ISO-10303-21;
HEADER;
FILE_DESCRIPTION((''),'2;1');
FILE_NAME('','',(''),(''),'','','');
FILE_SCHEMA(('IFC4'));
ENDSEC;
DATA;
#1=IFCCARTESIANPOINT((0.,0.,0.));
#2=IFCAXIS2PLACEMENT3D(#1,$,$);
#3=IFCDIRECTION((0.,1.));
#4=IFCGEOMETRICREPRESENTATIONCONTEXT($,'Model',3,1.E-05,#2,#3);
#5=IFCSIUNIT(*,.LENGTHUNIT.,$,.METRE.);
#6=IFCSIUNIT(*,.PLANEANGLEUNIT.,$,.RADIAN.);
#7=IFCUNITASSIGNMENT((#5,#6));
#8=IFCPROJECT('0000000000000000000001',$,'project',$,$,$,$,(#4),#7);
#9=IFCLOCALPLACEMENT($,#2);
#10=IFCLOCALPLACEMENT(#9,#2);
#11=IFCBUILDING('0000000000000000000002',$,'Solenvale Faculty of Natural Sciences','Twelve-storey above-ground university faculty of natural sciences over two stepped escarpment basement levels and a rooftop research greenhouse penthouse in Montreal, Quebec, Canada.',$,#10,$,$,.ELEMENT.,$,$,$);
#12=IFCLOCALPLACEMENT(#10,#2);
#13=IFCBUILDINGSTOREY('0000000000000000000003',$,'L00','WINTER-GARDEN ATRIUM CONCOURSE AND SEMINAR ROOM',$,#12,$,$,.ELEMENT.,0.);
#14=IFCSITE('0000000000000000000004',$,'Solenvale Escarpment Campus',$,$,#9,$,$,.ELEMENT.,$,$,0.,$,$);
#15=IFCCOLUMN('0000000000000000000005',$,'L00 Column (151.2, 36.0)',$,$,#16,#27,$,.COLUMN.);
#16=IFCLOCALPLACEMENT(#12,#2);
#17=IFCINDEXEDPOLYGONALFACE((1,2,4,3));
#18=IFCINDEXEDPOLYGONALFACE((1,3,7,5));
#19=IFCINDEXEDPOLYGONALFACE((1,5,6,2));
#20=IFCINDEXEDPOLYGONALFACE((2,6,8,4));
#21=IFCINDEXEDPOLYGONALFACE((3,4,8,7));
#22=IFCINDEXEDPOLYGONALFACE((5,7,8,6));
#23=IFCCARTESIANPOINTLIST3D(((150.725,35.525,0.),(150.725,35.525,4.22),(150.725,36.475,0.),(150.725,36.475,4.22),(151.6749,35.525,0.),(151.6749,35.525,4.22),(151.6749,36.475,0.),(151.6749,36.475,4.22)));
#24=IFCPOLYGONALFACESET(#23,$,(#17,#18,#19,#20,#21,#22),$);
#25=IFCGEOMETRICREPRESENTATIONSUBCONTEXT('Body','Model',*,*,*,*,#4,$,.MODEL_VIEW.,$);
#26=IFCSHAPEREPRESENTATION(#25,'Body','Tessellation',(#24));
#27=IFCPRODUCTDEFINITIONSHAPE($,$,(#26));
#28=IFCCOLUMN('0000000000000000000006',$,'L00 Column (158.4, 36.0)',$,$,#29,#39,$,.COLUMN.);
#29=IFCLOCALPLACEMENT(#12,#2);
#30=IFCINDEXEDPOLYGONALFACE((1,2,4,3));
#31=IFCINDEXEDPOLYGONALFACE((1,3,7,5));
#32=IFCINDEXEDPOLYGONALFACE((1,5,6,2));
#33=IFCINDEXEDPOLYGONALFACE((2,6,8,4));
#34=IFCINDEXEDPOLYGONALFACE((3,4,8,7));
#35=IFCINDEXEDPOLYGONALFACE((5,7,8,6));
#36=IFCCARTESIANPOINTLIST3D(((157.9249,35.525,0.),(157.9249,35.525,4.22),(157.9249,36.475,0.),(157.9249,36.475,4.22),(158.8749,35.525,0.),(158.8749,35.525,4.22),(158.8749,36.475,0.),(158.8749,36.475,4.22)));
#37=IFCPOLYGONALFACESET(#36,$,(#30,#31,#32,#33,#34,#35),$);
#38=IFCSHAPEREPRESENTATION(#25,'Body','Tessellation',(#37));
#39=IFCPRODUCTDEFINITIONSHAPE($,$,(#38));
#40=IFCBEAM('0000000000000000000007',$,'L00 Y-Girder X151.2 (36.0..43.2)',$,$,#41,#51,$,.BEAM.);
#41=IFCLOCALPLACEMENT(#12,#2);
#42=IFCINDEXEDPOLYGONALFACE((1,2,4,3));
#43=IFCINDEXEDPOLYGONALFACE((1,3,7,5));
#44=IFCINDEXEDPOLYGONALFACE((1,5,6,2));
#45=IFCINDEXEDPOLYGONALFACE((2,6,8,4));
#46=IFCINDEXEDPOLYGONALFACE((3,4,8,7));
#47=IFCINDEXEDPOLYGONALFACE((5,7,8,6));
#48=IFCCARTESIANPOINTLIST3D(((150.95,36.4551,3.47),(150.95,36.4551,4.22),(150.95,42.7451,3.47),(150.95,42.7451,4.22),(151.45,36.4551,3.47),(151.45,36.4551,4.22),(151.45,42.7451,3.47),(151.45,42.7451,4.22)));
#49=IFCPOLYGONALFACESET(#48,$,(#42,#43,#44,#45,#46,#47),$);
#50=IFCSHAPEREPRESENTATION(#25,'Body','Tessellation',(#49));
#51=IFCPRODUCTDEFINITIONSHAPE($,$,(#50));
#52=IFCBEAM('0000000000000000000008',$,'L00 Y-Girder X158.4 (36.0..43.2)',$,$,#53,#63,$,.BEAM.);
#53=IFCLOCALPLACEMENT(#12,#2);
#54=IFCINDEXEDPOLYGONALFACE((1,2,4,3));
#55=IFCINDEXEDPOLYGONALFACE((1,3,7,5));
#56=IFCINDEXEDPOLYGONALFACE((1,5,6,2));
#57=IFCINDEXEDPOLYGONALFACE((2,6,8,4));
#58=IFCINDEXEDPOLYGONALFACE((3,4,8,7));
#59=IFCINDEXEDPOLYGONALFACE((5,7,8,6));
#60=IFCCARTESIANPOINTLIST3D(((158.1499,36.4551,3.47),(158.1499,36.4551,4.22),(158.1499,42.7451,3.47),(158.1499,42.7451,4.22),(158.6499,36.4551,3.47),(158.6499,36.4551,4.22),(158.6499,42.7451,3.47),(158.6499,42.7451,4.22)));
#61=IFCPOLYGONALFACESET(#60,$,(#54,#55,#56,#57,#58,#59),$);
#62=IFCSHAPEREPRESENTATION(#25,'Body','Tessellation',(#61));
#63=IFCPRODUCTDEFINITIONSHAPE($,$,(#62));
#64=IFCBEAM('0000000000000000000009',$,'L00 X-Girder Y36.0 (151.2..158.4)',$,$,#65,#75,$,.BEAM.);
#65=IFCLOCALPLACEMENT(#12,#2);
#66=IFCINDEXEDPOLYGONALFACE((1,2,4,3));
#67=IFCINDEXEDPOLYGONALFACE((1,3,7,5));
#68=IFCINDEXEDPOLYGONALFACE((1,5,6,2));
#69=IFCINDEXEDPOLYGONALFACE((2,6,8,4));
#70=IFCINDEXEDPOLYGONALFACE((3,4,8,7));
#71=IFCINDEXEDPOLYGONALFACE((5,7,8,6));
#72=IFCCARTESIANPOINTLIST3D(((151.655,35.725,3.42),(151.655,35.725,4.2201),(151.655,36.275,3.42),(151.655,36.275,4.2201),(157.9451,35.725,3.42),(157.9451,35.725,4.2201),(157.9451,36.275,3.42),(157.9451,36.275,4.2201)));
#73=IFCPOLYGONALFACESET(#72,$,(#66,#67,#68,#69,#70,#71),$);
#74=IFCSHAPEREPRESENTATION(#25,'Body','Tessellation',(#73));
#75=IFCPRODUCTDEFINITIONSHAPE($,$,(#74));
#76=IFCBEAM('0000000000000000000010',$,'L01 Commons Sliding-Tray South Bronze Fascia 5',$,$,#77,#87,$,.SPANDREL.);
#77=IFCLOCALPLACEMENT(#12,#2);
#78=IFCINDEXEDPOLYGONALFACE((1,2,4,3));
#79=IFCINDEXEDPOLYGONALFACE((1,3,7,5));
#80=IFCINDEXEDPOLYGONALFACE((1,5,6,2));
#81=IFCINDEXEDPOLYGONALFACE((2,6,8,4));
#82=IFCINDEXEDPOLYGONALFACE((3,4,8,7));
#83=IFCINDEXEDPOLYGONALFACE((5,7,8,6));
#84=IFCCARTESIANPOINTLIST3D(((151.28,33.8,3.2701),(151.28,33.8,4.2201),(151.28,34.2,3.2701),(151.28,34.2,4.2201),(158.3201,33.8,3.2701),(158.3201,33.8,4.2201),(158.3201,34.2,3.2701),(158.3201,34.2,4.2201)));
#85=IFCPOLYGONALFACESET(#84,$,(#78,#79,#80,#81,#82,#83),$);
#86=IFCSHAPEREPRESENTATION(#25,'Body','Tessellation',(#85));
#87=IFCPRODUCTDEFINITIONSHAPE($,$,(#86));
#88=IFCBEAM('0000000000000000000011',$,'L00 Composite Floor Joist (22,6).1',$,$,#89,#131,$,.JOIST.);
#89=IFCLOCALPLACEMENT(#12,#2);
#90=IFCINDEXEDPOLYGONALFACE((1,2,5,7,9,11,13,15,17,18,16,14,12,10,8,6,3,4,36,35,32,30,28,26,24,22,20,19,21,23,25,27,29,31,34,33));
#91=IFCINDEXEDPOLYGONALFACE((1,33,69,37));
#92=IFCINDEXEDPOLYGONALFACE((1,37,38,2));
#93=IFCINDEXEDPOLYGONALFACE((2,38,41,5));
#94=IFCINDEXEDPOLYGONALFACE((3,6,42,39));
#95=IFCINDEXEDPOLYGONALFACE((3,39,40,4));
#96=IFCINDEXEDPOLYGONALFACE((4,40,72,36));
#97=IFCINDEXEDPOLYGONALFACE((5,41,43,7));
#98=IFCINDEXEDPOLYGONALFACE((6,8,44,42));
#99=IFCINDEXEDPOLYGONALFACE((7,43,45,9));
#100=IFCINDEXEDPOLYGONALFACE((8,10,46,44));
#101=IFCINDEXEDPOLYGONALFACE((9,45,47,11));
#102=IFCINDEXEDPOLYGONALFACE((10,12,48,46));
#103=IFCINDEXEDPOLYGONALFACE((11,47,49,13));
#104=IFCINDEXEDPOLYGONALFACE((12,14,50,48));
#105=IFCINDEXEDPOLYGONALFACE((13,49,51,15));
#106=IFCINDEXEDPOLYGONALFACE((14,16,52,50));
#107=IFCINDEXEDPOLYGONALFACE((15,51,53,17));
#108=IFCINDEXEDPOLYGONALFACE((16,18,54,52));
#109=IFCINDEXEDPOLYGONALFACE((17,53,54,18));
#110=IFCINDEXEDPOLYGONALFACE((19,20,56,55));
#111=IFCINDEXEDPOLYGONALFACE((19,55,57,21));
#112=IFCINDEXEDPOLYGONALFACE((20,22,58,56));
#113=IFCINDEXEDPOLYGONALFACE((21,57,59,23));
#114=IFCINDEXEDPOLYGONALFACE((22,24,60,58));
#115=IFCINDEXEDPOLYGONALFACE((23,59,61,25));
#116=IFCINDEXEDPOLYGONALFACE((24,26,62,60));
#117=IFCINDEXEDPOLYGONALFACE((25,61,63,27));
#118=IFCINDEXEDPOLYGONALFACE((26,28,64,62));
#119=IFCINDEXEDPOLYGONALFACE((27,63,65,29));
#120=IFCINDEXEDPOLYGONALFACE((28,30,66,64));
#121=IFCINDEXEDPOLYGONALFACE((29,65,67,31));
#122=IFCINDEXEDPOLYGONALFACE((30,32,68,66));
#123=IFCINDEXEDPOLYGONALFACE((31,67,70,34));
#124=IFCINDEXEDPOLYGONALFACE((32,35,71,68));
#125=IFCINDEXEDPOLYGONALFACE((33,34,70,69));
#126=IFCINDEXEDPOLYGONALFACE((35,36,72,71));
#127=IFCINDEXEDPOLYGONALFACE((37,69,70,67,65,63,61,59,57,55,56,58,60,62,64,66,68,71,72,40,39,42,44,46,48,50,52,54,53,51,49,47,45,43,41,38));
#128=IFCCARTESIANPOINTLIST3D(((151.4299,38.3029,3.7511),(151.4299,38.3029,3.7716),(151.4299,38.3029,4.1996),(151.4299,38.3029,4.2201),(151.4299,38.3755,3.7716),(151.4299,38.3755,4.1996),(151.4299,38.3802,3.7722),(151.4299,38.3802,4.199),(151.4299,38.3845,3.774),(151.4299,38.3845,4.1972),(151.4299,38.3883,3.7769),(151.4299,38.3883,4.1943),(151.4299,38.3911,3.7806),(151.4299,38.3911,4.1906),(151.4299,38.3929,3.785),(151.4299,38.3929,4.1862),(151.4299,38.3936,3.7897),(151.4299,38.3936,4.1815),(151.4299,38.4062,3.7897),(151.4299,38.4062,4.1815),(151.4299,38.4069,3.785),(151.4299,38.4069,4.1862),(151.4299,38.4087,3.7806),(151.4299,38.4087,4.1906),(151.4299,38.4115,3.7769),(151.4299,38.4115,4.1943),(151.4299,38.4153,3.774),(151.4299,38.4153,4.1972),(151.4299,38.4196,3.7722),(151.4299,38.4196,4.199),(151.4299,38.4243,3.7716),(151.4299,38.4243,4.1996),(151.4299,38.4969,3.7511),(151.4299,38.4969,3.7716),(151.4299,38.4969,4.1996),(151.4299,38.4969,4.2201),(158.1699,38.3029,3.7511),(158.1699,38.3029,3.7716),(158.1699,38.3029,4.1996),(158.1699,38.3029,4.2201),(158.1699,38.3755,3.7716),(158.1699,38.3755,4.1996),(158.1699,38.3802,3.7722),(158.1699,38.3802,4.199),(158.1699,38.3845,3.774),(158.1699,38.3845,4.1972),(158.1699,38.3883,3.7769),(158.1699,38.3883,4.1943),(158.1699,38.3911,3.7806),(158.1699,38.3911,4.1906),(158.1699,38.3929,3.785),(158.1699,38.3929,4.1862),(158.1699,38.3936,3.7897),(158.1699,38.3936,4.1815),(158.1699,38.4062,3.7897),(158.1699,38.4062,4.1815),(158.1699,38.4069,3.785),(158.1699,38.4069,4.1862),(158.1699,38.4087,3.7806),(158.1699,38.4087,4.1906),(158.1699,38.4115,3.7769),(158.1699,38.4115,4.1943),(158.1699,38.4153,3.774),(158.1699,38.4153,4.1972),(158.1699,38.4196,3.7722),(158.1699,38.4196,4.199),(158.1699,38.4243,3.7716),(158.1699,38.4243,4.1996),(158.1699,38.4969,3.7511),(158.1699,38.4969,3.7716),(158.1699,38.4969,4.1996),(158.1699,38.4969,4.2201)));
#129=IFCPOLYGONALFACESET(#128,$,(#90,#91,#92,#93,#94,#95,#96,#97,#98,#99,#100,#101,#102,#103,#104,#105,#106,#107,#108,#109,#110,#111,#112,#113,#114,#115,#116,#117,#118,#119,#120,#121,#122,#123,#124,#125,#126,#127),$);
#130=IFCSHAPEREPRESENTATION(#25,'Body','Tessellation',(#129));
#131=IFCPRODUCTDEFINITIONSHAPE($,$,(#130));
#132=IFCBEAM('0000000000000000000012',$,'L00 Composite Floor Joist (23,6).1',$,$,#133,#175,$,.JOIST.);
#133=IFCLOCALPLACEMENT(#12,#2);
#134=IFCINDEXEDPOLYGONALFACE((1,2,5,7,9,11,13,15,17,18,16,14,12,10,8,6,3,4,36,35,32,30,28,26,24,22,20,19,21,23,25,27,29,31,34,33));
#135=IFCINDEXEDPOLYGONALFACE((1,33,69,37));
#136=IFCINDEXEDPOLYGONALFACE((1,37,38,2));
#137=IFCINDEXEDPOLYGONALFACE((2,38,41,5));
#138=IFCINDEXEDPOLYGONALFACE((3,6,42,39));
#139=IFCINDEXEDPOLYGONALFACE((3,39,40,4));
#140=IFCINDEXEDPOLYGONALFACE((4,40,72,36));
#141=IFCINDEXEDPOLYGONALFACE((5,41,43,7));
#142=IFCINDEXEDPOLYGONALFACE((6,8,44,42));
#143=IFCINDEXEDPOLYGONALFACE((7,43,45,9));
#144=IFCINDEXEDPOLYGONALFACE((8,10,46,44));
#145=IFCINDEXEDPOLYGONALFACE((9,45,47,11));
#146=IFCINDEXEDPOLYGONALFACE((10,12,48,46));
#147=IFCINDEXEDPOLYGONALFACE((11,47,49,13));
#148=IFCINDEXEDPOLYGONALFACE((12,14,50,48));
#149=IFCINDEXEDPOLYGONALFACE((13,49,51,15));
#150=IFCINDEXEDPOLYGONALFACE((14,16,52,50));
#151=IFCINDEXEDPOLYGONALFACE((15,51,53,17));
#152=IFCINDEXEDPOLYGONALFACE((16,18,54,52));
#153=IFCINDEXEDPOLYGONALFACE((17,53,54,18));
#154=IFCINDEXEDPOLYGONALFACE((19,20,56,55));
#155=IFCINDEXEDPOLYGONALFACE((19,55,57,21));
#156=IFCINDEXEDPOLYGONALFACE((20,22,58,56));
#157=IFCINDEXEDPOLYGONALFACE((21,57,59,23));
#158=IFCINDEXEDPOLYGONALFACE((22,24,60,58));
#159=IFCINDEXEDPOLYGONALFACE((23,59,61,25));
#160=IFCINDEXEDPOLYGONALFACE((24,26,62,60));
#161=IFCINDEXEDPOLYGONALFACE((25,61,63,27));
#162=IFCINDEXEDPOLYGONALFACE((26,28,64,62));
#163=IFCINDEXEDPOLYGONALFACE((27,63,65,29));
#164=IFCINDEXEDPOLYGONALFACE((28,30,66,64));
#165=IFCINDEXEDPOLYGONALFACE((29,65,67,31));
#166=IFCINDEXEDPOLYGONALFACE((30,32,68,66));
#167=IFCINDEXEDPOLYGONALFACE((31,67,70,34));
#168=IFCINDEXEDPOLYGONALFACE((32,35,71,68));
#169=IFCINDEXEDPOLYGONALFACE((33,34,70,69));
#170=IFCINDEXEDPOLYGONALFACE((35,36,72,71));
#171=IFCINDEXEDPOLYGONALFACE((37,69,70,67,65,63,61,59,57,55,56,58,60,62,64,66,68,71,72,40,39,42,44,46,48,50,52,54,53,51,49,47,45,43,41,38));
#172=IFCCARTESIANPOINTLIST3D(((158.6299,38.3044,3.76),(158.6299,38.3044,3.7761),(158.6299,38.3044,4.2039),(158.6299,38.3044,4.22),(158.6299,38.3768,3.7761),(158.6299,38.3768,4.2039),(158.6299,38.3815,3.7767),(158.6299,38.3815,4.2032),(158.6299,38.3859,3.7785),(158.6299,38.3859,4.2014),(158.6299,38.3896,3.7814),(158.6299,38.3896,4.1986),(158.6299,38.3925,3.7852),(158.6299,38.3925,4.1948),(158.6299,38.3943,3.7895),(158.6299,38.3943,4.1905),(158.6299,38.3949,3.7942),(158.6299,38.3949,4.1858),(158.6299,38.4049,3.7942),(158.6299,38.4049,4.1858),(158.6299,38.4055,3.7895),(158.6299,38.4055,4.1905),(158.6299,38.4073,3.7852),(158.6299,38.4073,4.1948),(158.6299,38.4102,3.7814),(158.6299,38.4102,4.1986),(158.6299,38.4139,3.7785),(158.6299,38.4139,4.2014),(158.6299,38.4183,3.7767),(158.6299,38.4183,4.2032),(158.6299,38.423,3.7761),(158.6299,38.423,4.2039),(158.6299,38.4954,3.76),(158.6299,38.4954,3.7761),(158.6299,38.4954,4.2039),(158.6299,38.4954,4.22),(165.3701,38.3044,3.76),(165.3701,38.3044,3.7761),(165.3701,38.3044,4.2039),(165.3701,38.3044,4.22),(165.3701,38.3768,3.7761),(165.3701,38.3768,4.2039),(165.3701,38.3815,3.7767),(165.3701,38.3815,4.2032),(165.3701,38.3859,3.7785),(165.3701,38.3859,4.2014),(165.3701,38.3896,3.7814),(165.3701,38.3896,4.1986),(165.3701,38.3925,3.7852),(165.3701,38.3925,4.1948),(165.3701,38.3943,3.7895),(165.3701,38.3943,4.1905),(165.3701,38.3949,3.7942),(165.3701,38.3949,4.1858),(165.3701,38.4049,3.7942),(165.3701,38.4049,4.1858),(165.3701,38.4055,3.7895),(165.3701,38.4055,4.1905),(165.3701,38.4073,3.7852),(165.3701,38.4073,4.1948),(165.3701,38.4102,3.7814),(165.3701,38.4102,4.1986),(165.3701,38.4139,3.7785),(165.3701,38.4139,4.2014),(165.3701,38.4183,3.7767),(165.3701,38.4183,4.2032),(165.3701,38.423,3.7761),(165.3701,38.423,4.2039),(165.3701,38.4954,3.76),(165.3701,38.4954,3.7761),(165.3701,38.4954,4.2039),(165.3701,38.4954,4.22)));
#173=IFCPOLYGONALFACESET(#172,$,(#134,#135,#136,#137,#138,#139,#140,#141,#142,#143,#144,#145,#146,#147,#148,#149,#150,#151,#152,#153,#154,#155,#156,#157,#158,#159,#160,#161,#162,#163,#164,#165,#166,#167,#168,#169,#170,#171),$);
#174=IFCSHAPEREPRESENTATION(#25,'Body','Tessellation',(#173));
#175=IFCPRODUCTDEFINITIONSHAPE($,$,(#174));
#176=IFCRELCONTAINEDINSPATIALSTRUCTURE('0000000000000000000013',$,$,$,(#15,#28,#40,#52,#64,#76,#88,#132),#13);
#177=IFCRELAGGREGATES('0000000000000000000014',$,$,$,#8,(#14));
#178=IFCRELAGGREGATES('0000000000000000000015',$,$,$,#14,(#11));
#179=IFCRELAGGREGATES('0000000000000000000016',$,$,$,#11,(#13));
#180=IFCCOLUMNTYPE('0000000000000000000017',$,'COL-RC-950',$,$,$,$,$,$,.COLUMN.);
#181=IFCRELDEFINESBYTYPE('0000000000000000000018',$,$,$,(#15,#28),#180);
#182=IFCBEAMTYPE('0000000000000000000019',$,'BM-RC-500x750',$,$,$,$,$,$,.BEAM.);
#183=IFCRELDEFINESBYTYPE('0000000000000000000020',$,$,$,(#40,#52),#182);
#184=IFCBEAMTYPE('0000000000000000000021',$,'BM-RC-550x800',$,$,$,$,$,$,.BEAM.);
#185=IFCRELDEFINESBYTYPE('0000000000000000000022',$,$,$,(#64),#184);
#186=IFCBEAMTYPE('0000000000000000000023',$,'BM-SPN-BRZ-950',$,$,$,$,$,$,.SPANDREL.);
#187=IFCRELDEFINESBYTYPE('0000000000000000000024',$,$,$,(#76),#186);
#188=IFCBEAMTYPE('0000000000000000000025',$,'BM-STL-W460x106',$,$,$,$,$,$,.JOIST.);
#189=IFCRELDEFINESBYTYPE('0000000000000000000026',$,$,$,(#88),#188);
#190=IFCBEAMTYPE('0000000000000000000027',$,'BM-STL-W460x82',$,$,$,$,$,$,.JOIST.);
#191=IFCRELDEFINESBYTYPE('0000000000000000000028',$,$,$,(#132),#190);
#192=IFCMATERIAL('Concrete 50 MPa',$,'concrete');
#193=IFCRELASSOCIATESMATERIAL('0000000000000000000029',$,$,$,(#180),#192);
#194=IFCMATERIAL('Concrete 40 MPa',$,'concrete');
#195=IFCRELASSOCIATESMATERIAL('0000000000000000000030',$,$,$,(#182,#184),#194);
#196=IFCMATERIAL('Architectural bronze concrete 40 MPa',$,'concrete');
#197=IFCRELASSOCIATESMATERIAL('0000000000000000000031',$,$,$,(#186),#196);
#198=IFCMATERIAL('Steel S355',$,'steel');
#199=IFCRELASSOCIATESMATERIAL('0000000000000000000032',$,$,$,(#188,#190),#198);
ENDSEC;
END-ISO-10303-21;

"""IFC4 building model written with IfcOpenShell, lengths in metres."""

from ifc_helpers import new_model, si_unit, direction, frame, origin, origin_2d, place, context, subcontext, project, spatial, rectangle, i_section, extrude, material, material_profile, profile_set, type_object, element, save


model = new_model("IFC4")

# Units and contexts
model_context = context("Model", 3, precision=1e-05, world=origin(), true_north=direction((0.0, 1.0)))
body_context = subcontext(model_context, "Body", "Model", "MODEL_VIEW")
ifc_project = project(units=[si_unit("LENGTHUNIT", "METRE"), si_unit("PLANEANGLEUNIT", "RADIAN")], contexts=[model_context])

# Site, building, storey
site_placement = place(None, origin())
site = spatial("IfcSite", under=ifc_project, at=site_placement, Name="Solenvale Escarpment Campus", CompositionType="ELEMENT", RefElevation=0.0)
building_placement = place(site_placement, origin())
building = spatial("IfcBuilding", under=site, at=building_placement, Name="Solenvale Faculty of Natural Sciences", Description="Twelve-storey above-ground university faculty of natural sciences over two stepped escarpment basement levels and a rooftop research greenhouse penthouse in Montreal, Quebec, Canada.", CompositionType="ELEMENT")
storey_placement = place(building_placement, origin())
storey = spatial("IfcBuildingStorey", under=building, at=storey_placement, Name="L00", Description="WINTER-GARDEN ATRIUM CONCOURSE AND SEMINAR ROOM", CompositionType="ELEMENT", Elevation=0.0)

# Columns
ifc_material_1 = material(Name="Concrete 50 MPa", Category="concrete")
ifc_material_profile_1 = material_profile(ifc_material_1, rectangle(XDim=0.95, YDim=0.95, at=origin_2d()), Name="RC-COL-950x950")
ifc_profile_set_1 = profile_set([ifc_material_profile_1], Name="Concrete 50 MPa")
column_type = type_object("IfcColumnType", Name="COL-RC-950", PredefinedType="COLUMN", material=ifc_profile_set_1)
for number, where, z_axis, x_axis, name in (
    (1, (151.2, 36.0, 0.0), (0.0, 0.0, 1.0), (1.0, 0.0, 0.0), "L00 Column (151.2, 36.0)"),
    (2, (158.3999, 36.0, 0.0), (0.0, 0.0, 1.0), (1.0, 0.0, 0.0), "L00 Column (158.4, 36.0)"),
):
    element("IfcColumn", number, at=place(storey_placement, frame(where, z_axis=z_axis, x_axis=x_axis)), inside=storey, type_object=column_type, Name=name, PredefinedType="COLUMN", context=body_context, shape_type="SweptSolid", body=[
        extrude(rectangle(XDim=0.95, YDim=0.95, at=origin_2d()), origin(), (0.0, 0.0, 1.0), 4.22),
    ])

# Beams
ifc_material_2 = material(Name="Concrete 40 MPa", Category="concrete")
ifc_material_profile_2 = material_profile(ifc_material_2, rectangle(XDim=0.5, YDim=0.75, at=origin_2d()), Name="RC-BM-500x750")
ifc_profile_set_2 = profile_set([ifc_material_profile_2], Name="Concrete 40 MPa")
beam_type_1 = type_object("IfcBeamType", Name="BM-RC-500x750", PredefinedType="BEAM", material=ifc_profile_set_2)
for number, where, z_axis, x_axis, name in (
    (3, (151.2, 36.4551, 3.845), (0.0, 1.0, 0.0), (-1.0, 0.0, 0.0), "L00 Y-Girder X151.2 (36.0..43.2)"),
    (4, (158.3999, 36.4551, 3.845), (0.0, 1.0, 0.0), (-1.0, 0.0, 0.0), "L00 Y-Girder X158.4 (36.0..43.2)"),
):
    element("IfcBeam", number, at=place(storey_placement, frame(where, z_axis=z_axis, x_axis=x_axis)), inside=storey, type_object=beam_type_1, Name=name, PredefinedType="BEAM", context=body_context, shape_type="SweptSolid", body=[
        extrude(rectangle(XDim=0.5, YDim=0.75, at=origin_2d()), origin(), (0.0, 0.0, 1.0), 6.29),
    ])
ifc_material_profile_3 = material_profile(ifc_material_2, rectangle(XDim=0.55, YDim=0.8, at=origin_2d()), Name="RC-BM-550x800")
ifc_profile_set_3 = profile_set([ifc_material_profile_3], Name="Concrete 40 MPa")
beam_type_2 = type_object("IfcBeamType", Name="BM-RC-550x800", PredefinedType="BEAM", material=ifc_profile_set_3)
beam_1_placement = place(storey_placement, frame((151.655, 36.0, 3.8201), z_axis=(1.0, 0.0, 0.0), x_axis=(0.0, 1.0, 0.0)))
element("IfcBeam", 5, at=beam_1_placement, inside=storey, type_object=beam_type_2, Name="L00 X-Girder Y36.0 (151.2..158.4)", PredefinedType="BEAM", context=body_context, shape_type="SweptSolid", body=[
    extrude(rectangle(XDim=0.55, YDim=0.8, at=origin_2d()), origin(), (0.0, 0.0, 1.0), 6.29),
])
ifc_material_3 = material(Name="Architectural bronze concrete 40 MPa", Category="concrete")
ifc_material_profile_4 = material_profile(ifc_material_3, rectangle(XDim=0.3999, YDim=0.95, at=origin_2d()), Name="RC-SPN-400x950")
ifc_profile_set_4 = profile_set([ifc_material_profile_4], Name="Architectural bronze concrete 40 MPa")
beam_type_3 = type_object("IfcBeamType", Name="BM-SPN-BRZ-950", PredefinedType="SPANDREL", material=ifc_profile_set_4)
beam_2_placement = place(storey_placement, frame((151.28, 34.0, 3.7451), z_axis=(1.0, 0.0, 0.0), x_axis=(0.0, 1.0, 0.0)))
element("IfcBeam", 6, at=beam_2_placement, inside=storey, type_object=beam_type_3, Name="L01 Commons Sliding-Tray South Bronze Fascia 5", PredefinedType="SPANDREL", context=body_context, shape_type="SweptSolid", body=[
    extrude(rectangle(XDim=0.3999, YDim=0.95, at=origin_2d()), origin(), (0.0, 0.0, 1.0), 7.04),
])
ifc_material_4 = material(Name="Steel S355", Category="steel")
ifc_material_profile_5 = material_profile(ifc_material_4, i_section(OverallWidth=0.1941, OverallDepth=0.469, WebThickness=0.0127, FlangeThickness=0.0205, FilletRadius=0.0181, at=origin_2d()), Name="W460x106")
ifc_profile_set_5 = profile_set([ifc_material_profile_5], Name="Steel S355")
beam_type_4 = type_object("IfcBeamType", Name="BM-STL-W460x106", PredefinedType="JOIST", material=ifc_profile_set_5)
beam_3_placement = place(storey_placement, frame((151.4299, 38.3999, 3.9856), z_axis=(1.0, 0.0, 0.0), x_axis=(0.0, 1.0, 0.0)))
element("IfcBeam", 7, at=beam_3_placement, inside=storey, type_object=beam_type_4, Name="L00 Composite Floor Joist (22,6).1", PredefinedType="JOIST", context=body_context, shape_type="SweptSolid", body=[
    extrude(i_section(OverallWidth=0.1941, OverallDepth=0.469, WebThickness=0.0127, FlangeThickness=0.0205, FilletRadius=0.0181, at=origin_2d()), origin(), (0.0, 0.0, 1.0), 6.74),
])
ifc_material_profile_6 = material_profile(ifc_material_4, i_section(OverallWidth=0.1909, OverallDepth=0.46, WebThickness=0.01, FlangeThickness=0.0161, FilletRadius=0.0181, at=origin_2d()), Name="W460x82")
ifc_profile_set_6 = profile_set([ifc_material_profile_6], Name="Steel S355")
beam_type_5 = type_object("IfcBeamType", Name="BM-STL-W460x82", PredefinedType="JOIST", material=ifc_profile_set_6)
beam_4_placement = place(storey_placement, frame((158.6299, 38.3999, 3.99), z_axis=(1.0, 0.0, 0.0), x_axis=(0.0, 1.0, 0.0)))
element("IfcBeam", 8, at=beam_4_placement, inside=storey, type_object=beam_type_5, Name="L00 Composite Floor Joist (23,6).1", PredefinedType="JOIST", context=body_context, shape_type="SweptSolid", body=[
    extrude(i_section(OverallWidth=0.1909, OverallDepth=0.46, WebThickness=0.01, FlangeThickness=0.0161, FilletRadius=0.0181, at=origin_2d()), origin(), (0.0, 0.0, 1.0), 6.7402),
])

save(model, "model.ifc")
